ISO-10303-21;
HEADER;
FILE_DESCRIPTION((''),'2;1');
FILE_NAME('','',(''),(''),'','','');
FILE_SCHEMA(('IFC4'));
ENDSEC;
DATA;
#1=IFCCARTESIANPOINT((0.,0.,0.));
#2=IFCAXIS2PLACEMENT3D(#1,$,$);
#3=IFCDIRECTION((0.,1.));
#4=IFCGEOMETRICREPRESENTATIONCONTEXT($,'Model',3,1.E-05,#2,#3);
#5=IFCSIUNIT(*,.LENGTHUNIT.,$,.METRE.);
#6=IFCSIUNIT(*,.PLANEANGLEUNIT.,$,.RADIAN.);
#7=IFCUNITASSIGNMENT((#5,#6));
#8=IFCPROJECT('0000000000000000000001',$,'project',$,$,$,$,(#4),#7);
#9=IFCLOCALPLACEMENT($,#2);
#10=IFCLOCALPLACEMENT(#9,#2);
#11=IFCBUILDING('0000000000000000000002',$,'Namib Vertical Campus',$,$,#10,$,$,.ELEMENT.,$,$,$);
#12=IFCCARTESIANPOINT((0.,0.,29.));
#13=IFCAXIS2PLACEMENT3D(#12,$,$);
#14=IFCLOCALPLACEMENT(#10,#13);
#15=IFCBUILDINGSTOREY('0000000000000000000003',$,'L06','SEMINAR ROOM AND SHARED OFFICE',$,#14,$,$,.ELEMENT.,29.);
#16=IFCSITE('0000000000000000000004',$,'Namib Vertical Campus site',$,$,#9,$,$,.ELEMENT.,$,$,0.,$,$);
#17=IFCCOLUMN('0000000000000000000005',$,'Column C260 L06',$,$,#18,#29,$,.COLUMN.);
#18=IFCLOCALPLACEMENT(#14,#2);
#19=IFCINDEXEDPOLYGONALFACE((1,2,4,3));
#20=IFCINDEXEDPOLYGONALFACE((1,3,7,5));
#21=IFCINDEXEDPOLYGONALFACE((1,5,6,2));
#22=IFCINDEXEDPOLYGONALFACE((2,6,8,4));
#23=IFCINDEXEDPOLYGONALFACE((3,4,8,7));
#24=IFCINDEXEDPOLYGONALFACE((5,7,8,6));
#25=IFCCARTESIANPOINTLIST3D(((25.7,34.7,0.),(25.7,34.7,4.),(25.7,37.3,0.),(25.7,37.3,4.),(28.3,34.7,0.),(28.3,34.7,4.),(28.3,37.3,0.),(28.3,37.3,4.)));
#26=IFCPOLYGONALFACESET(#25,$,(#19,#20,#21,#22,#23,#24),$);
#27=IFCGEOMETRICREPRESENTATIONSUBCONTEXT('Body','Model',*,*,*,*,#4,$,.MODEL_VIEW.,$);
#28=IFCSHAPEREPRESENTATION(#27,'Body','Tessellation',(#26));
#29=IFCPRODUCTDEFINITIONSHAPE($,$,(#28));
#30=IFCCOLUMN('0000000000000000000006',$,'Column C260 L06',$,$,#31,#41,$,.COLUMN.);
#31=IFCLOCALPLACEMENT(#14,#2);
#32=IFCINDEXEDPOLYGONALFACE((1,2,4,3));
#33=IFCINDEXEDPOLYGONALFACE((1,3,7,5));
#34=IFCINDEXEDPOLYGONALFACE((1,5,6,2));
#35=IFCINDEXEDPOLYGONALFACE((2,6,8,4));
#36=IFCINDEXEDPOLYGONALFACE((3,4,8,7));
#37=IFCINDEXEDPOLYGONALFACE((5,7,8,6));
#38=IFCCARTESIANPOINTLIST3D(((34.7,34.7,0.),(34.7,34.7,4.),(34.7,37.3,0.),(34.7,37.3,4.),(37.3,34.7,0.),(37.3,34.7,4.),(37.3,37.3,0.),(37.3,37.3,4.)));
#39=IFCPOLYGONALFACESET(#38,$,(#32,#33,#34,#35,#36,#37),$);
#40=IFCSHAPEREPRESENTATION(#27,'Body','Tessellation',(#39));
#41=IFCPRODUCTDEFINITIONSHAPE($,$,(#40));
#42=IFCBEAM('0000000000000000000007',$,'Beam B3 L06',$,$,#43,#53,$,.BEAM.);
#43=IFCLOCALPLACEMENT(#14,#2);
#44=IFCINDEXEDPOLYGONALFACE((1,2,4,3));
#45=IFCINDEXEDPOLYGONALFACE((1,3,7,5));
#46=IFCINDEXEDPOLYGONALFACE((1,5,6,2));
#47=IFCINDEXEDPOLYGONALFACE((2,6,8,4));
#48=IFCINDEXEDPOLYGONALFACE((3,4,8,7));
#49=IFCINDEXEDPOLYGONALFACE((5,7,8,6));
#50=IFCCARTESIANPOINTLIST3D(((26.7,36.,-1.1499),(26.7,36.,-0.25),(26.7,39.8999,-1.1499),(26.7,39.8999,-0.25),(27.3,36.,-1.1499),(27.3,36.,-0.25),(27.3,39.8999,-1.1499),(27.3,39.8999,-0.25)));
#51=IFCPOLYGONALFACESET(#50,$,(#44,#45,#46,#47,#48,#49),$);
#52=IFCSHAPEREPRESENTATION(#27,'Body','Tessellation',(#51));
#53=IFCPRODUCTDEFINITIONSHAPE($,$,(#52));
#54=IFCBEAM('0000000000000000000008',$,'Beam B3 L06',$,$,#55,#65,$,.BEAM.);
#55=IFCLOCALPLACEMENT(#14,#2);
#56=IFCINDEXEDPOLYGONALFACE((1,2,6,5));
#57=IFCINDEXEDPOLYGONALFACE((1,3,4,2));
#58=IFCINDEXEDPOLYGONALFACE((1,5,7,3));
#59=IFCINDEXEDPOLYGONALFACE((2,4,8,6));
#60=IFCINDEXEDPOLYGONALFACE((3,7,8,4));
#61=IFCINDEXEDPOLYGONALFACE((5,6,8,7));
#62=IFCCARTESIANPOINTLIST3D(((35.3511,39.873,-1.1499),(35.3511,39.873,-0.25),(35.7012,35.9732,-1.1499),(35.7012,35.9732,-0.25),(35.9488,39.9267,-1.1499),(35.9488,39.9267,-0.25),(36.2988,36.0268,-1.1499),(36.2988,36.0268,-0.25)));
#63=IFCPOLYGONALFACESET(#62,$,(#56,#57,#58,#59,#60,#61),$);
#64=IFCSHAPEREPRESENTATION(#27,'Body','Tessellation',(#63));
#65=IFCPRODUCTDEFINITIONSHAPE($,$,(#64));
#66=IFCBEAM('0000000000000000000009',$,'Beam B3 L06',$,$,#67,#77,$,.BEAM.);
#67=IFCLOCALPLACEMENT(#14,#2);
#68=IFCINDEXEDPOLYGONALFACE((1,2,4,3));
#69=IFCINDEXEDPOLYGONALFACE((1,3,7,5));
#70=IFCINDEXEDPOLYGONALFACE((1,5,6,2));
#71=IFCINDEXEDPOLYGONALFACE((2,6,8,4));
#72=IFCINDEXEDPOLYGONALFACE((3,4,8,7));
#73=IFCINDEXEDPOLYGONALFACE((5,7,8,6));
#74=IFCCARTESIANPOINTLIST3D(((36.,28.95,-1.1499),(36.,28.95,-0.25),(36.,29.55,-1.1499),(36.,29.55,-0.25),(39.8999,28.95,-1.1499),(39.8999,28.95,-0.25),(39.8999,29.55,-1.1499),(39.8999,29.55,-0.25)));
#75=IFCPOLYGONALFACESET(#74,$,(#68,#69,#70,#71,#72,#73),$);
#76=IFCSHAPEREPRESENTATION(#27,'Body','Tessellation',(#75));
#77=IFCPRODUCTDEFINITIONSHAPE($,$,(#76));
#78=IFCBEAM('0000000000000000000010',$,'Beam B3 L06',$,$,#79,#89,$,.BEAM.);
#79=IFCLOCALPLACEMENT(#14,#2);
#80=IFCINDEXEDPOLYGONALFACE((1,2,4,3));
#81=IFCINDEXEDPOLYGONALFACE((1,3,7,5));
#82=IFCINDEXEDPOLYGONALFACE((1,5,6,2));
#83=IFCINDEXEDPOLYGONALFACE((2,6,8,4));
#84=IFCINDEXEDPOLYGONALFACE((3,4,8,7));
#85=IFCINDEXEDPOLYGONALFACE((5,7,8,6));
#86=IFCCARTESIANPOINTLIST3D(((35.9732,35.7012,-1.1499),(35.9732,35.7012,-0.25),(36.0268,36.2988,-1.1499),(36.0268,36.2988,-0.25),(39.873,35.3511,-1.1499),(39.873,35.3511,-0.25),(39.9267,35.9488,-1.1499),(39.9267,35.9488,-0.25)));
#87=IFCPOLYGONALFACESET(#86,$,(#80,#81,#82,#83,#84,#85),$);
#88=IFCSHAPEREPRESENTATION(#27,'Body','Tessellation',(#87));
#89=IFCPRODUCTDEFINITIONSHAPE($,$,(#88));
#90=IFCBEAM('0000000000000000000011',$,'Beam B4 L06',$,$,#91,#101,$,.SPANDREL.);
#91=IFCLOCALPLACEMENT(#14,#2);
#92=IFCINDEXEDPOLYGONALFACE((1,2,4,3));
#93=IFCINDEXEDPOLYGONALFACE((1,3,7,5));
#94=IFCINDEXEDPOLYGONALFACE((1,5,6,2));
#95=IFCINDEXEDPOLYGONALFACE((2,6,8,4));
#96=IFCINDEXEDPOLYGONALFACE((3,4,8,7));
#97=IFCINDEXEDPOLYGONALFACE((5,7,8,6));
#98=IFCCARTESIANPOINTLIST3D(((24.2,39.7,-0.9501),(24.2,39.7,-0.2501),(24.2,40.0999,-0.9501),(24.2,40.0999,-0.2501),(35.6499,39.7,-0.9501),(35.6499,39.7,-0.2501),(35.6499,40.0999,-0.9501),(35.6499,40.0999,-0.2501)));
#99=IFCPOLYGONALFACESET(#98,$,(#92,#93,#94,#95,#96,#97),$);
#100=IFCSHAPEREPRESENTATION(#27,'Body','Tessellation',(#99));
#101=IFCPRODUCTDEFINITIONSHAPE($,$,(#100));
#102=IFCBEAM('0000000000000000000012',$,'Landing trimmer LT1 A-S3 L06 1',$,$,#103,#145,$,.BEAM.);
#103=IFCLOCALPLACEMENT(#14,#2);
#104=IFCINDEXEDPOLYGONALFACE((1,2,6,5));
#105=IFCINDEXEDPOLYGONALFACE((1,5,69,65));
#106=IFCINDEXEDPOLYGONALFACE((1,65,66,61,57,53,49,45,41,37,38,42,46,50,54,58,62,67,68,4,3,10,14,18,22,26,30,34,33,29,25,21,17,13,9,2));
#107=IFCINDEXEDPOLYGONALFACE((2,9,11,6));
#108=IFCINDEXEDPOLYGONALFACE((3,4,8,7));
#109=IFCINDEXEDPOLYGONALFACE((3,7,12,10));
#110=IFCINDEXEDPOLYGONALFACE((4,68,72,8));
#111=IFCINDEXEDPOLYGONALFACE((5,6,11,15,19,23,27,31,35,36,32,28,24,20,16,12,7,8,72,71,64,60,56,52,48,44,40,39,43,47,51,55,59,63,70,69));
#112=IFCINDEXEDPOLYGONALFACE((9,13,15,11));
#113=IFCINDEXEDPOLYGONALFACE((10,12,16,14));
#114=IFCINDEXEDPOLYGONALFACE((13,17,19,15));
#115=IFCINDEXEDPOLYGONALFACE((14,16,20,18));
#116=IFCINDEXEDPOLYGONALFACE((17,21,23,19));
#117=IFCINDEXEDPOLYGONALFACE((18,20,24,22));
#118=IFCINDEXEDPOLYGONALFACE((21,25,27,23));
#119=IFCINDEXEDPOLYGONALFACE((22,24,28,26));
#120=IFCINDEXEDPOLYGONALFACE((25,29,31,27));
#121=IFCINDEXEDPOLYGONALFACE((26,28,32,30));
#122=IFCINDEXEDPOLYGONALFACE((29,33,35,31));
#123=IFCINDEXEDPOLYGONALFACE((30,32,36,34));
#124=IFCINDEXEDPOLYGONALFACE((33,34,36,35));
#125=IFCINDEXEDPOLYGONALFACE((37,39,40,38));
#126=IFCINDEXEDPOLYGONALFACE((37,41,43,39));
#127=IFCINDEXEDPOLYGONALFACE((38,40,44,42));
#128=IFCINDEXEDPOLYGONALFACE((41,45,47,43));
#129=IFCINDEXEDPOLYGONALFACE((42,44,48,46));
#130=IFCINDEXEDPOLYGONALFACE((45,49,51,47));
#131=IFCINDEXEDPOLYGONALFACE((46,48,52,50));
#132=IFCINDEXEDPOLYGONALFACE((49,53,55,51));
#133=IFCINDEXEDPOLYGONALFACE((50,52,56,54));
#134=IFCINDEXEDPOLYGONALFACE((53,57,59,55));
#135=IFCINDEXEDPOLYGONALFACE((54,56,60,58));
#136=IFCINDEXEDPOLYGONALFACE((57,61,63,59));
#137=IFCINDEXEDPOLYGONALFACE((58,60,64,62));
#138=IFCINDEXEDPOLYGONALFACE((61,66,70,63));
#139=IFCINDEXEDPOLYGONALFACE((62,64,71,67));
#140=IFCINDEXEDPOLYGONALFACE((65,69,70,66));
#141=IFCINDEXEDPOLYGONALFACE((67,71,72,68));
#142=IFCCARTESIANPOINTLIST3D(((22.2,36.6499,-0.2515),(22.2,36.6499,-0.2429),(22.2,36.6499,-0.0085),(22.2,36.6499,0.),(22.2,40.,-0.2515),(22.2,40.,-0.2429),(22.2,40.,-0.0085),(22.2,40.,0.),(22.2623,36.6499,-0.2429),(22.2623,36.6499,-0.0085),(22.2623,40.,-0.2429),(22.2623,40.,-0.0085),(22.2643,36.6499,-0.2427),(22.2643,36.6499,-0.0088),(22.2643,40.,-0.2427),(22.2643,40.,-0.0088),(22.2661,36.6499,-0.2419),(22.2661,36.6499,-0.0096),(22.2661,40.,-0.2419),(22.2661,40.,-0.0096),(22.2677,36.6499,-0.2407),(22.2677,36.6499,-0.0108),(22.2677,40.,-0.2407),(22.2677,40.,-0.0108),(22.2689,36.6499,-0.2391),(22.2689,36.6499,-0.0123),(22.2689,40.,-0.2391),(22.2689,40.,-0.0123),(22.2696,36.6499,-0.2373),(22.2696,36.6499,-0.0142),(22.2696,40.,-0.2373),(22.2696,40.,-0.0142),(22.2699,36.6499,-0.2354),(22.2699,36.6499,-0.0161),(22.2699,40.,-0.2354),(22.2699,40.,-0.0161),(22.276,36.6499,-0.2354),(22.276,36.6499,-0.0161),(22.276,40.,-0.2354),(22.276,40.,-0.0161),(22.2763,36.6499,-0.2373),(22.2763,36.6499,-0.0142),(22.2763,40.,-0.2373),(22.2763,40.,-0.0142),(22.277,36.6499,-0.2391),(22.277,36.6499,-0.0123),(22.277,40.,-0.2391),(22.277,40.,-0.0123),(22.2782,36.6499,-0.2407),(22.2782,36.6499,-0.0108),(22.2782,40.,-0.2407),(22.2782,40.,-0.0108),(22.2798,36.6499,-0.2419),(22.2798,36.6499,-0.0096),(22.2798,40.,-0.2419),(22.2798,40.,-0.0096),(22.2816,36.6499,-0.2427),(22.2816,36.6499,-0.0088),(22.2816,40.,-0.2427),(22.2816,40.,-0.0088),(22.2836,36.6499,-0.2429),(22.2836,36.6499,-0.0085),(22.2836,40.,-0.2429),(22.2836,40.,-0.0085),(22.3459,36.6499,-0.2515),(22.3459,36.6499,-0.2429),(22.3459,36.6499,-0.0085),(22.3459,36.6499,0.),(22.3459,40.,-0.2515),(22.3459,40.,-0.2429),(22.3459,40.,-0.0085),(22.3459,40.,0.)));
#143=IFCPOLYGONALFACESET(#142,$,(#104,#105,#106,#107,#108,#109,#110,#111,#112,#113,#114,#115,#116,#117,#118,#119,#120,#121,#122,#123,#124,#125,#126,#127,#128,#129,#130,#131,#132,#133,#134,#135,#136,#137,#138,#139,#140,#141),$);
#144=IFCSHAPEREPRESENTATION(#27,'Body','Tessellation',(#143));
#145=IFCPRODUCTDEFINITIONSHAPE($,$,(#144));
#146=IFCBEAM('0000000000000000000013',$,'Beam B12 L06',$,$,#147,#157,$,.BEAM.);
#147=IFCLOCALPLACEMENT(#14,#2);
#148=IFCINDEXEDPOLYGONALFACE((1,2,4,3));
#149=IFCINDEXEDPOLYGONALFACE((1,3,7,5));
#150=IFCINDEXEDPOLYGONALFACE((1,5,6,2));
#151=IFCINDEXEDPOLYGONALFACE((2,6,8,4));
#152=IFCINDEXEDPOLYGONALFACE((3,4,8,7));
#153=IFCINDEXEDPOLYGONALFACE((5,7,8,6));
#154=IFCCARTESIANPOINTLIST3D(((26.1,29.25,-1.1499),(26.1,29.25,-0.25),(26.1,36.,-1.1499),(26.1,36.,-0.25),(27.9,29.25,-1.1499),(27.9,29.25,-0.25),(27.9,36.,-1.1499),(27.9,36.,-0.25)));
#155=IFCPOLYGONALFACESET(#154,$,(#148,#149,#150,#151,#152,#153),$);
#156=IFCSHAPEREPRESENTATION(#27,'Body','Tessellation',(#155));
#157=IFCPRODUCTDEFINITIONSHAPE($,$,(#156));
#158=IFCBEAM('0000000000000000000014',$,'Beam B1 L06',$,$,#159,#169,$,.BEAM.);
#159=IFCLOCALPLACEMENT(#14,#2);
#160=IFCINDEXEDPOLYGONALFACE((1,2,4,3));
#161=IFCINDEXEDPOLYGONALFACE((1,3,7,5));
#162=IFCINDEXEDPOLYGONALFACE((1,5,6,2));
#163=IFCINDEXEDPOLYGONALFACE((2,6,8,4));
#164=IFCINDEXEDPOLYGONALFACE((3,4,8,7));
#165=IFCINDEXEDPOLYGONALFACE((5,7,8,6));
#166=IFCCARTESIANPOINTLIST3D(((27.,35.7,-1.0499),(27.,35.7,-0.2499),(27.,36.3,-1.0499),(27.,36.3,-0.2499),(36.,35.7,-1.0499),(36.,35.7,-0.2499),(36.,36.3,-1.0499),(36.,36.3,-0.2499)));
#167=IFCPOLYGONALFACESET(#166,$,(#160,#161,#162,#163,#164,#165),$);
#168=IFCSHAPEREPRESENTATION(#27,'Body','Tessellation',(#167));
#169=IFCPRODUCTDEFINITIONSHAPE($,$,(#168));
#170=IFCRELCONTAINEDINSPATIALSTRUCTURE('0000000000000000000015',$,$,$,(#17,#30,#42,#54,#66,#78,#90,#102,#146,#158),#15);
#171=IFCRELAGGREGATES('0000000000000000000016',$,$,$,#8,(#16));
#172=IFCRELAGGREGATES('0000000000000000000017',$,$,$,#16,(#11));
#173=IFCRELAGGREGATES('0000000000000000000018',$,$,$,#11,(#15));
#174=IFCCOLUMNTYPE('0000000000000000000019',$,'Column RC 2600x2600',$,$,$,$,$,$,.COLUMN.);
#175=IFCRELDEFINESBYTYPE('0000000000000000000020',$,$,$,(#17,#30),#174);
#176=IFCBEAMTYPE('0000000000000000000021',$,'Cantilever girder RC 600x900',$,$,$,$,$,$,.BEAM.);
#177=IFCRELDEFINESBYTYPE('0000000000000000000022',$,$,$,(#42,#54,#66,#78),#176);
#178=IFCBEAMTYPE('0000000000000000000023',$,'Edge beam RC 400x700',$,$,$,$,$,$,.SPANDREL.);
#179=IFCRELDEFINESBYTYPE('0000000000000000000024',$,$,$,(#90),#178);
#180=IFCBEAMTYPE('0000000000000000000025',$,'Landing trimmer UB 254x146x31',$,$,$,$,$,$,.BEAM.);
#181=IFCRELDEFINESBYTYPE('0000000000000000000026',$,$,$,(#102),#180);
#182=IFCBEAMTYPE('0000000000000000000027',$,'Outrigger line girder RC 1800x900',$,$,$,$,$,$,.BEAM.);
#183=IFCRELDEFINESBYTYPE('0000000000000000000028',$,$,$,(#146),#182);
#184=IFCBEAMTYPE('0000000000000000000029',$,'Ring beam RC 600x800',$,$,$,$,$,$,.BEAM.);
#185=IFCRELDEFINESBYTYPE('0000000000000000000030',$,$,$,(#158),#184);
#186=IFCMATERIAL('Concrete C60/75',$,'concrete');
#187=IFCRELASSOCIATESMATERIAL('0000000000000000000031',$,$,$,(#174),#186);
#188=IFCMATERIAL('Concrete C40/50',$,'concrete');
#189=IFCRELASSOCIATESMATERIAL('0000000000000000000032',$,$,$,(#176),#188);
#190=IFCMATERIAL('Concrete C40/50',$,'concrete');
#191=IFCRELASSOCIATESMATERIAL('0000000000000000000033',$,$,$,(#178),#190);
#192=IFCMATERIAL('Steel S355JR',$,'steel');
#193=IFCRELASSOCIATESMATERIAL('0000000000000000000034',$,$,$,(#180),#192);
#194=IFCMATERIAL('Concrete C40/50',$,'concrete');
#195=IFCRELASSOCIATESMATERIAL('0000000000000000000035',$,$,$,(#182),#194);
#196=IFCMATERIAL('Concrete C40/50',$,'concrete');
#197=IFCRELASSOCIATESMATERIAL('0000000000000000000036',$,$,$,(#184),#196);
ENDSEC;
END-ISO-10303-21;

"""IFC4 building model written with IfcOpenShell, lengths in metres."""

from ifc_helpers import new_model, si_unit, direction, frame, origin, origin_2d, place, context, subcontext, project, spatial, rectangle, i_section, extrude, material, material_profile, profile_set, type_object, element, save


model = new_model("IFC4")

# Units and contexts
model_context = context("Model", 3, precision=1e-05, world=origin(), true_north=direction((0.0, 1.0)))
body_context = subcontext(model_context, "Body", "Model", "MODEL_VIEW")
ifc_project = project(units=[si_unit("LENGTHUNIT", "METRE"), si_unit("PLANEANGLEUNIT", "RADIAN")], contexts=[model_context])

# Site, building, storey
site_placement = place(None, origin())
site = spatial("IfcSite", under=ifc_project, at=site_placement, Name="Namib Vertical Campus site", CompositionType="ELEMENT", RefElevation=0.0)
building_placement = place(site_placement, origin())
building = spatial("IfcBuilding", under=site, at=building_placement, Name="Namib Vertical Campus", CompositionType="ELEMENT")
storey_placement = place(building_placement, frame((0.0, 0.0, 29.0)))
storey = spatial("IfcBuildingStorey", under=building, at=storey_placement, Name="L06", Description="SEMINAR ROOM AND SHARED OFFICE", CompositionType="ELEMENT", Elevation=29.0)

# Columns
ifc_material_1 = material(Name="Concrete C60/75", Category="concrete")
ifc_material_profile_1 = material_profile(ifc_material_1, rectangle(XDim=2.6001, YDim=2.6001, at=origin_2d()))
ifc_profile_set_1 = profile_set([ifc_material_profile_1], Name="Concrete C60/75")
column_type = type_object("IfcColumnType", Name="Column RC 2600x2600", PredefinedType="COLUMN", material=ifc_profile_set_1)
for number, where, z_axis, x_axis, name in (
    (1, (27.0, 36.0, 0.0), (0.0, 0.0, 1.0), (1.0, 0.0, 0.0), "Column C260 L06"),
    (2, (36.0, 36.0, 0.0), (0.0, 0.0, 1.0), (1.0, 0.0, 0.0), "Column C260 L06"),
):
    element("IfcColumn", number, at=place(storey_placement, frame(where, z_axis=z_axis, x_axis=x_axis)), inside=storey, type_object=column_type, Name=name, PredefinedType="COLUMN", context=body_context, shape_type="SweptSolid", body=[
        extrude(rectangle(XDim=2.6001, YDim=2.6001, at=origin_2d()), origin(), (0.0, 0.0, 1.0), 4.0),
    ])

# Beams
ifc_material_2 = material(Name="Concrete C40/50", Category="concrete")
ifc_material_profile_2 = material_profile(ifc_material_2, rectangle(XDim=0.6001, YDim=0.8999, at=origin_2d()))
ifc_profile_set_2 = profile_set([ifc_material_profile_2], Name="Concrete C40/50")
beam_type_1 = type_object("IfcBeamType", Name="Cantilever girder RC 600x900", PredefinedType="BEAM", material=ifc_profile_set_2)
beam_1_placement = place(storey_placement, frame((27.0, 36.0, -0.7), z_axis=(0.0, 1.0, 0.0), x_axis=(-1.0, 0.0, 0.0)))
element("IfcBeam", 3, at=beam_1_placement, inside=storey, type_object=beam_type_1, Name="Beam B3 L06", PredefinedType="BEAM", context=body_context, shape_type="SweptSolid", body=[
    extrude(rectangle(XDim=0.6001, YDim=0.8999, at=origin_2d()), origin(), (0.0, 0.0, 1.0), 3.8999),
])
beam_2_placement = place(storey_placement, frame((36.0, 36.0, -0.7), z_axis=(-0.089411, 0.995995, 0.0), x_axis=(-0.995995, -0.089411, 0.0)))
element("IfcBeam", 4, at=beam_2_placement, inside=storey, type_object=beam_type_1, Name="Beam B3 L06", PredefinedType="BEAM", context=body_context, shape_type="SweptSolid", body=[
    extrude(rectangle(XDim=0.6001, YDim=0.8999, at=origin_2d()), origin(), (0.0, 0.0, 1.0), 3.9155),
])
beam_3_placement = place(storey_placement, frame((36.0, 29.25, -0.7), z_axis=(1.0, 0.0, 0.0), x_axis=(0.0, 1.0, 0.0)))
element("IfcBeam", 5, at=beam_3_placement, inside=storey, type_object=beam_type_1, Name="Beam B3 L06", PredefinedType="BEAM", context=body_context, shape_type="SweptSolid", body=[
    extrude(rectangle(XDim=0.6001, YDim=0.8999, at=origin_2d()), origin(), (0.0, 0.0, 1.0), 3.8999),
])
beam_4_placement = place(storey_placement, frame((36.0, 36.0, -0.7), z_axis=(0.995995, -0.089411, 0.0), x_axis=(0.089411, 0.995995, 0.0)))
element("IfcBeam", 6, at=beam_4_placement, inside=storey, type_object=beam_type_1, Name="Beam B3 L06", PredefinedType="BEAM", context=body_context, shape_type="SweptSolid", body=[
    extrude(rectangle(XDim=0.6001, YDim=0.8999, at=origin_2d()), origin(), (0.0, 0.0, 1.0), 3.9155),
])
ifc_material_3 = material(Name="Concrete C40/50", Category="concrete")
ifc_material_profile_3 = material_profile(ifc_material_3, rectangle(XDim=0.3999, YDim=0.7, at=origin_2d()))
ifc_profile_set_3 = profile_set([ifc_material_profile_3], Name="Concrete C40/50")
beam_type_2 = type_object("IfcBeamType", Name="Edge beam RC 400x700", PredefinedType="SPANDREL", material=ifc_profile_set_3)
beam_5_placement = place(storey_placement, frame((24.2, 39.8999, -0.6001), z_axis=(1.0, 0.0, 0.0), x_axis=(0.0, 1.0, 0.0)))
element("IfcBeam", 7, at=beam_5_placement, inside=storey, type_object=beam_type_2, Name="Beam B4 L06", PredefinedType="SPANDREL", context=body_context, shape_type="SweptSolid", body=[
    extrude(rectangle(XDim=0.3999, YDim=0.7, at=origin_2d()), origin(), (0.0, 0.0, 1.0), 11.45),
])
ifc_material_4 = material(Name="Steel S355JR", Category="steel")
ifc_material_profile_4 = material_profile(ifc_material_4, i_section(OverallWidth=0.146, OverallDepth=0.2515, WebThickness=0.0061, FlangeThickness=0.0085, FilletRadius=0.0076, at=origin_2d()))
ifc_profile_set_4 = profile_set([ifc_material_profile_4], Name="Steel S355JR")
beam_type_3 = type_object("IfcBeamType", Name="Landing trimmer UB 254x146x31", PredefinedType="BEAM", material=ifc_profile_set_4)
beam_6_placement = place(storey_placement, frame((22.2729, 36.6499, -0.1257), z_axis=(0.0, 1.0, 0.0), x_axis=(-1.0, 0.0, 0.0)))
element("IfcBeam", 8, at=beam_6_placement, inside=storey, type_object=beam_type_3, Name="Landing trimmer LT1 A-S3 L06 1", PredefinedType="BEAM", context=body_context, shape_type="SweptSolid", body=[
    extrude(i_section(OverallWidth=0.146, OverallDepth=0.2515, WebThickness=0.0061, FlangeThickness=0.0085, FilletRadius=0.0076, at=origin_2d()), origin(), (0.0, 0.0, 1.0), 3.3501),
])
ifc_material_5 = material(Name="Concrete C40/50", Category="concrete")
ifc_material_profile_5 = material_profile(ifc_material_5, rectangle(XDim=1.8, YDim=0.8999, at=origin_2d()))
ifc_profile_set_5 = profile_set([ifc_material_profile_5], Name="Concrete C40/50")
beam_type_4 = type_object("IfcBeamType", Name="Outrigger line girder RC 1800x900", PredefinedType="BEAM", material=ifc_profile_set_5)
beam_7_placement = place(storey_placement, frame((27.0, 36.0, -0.7), z_axis=(0.0, -1.0, 0.0), x_axis=(1.0, 0.0, 0.0)))
element("IfcBeam", 9, at=beam_7_placement, inside=storey, type_object=beam_type_4, Name="Beam B12 L06", PredefinedType="BEAM", context=body_context, shape_type="SweptSolid", body=[
    extrude(rectangle(XDim=1.8, YDim=0.8999, at=origin_2d()), origin(), (0.0, 0.0, 1.0), 6.75),
])
ifc_material_6 = material(Name="Concrete C40/50", Category="concrete")
ifc_material_profile_6 = material_profile(ifc_material_6, rectangle(XDim=0.6001, YDim=0.8, at=origin_2d()))
ifc_profile_set_6 = profile_set([ifc_material_profile_6], Name="Concrete C40/50")
beam_type_5 = type_object("IfcBeamType", Name="Ring beam RC 600x800", PredefinedType="BEAM", material=ifc_profile_set_6)
beam_8_placement = place(storey_placement, frame((27.0, 36.0, -0.6499), z_axis=(1.0, 0.0, 0.0), x_axis=(0.0, 1.0, 0.0)))
element("IfcBeam", 10, at=beam_8_placement, inside=storey, type_object=beam_type_5, Name="Beam B1 L06", PredefinedType="BEAM", context=body_context, shape_type="SweptSolid", body=[
    extrude(rectangle(XDim=0.6001, YDim=0.8, at=origin_2d()), origin(), (0.0, 0.0, 1.0), 9.0),
])

save(model, "model.ifc")
